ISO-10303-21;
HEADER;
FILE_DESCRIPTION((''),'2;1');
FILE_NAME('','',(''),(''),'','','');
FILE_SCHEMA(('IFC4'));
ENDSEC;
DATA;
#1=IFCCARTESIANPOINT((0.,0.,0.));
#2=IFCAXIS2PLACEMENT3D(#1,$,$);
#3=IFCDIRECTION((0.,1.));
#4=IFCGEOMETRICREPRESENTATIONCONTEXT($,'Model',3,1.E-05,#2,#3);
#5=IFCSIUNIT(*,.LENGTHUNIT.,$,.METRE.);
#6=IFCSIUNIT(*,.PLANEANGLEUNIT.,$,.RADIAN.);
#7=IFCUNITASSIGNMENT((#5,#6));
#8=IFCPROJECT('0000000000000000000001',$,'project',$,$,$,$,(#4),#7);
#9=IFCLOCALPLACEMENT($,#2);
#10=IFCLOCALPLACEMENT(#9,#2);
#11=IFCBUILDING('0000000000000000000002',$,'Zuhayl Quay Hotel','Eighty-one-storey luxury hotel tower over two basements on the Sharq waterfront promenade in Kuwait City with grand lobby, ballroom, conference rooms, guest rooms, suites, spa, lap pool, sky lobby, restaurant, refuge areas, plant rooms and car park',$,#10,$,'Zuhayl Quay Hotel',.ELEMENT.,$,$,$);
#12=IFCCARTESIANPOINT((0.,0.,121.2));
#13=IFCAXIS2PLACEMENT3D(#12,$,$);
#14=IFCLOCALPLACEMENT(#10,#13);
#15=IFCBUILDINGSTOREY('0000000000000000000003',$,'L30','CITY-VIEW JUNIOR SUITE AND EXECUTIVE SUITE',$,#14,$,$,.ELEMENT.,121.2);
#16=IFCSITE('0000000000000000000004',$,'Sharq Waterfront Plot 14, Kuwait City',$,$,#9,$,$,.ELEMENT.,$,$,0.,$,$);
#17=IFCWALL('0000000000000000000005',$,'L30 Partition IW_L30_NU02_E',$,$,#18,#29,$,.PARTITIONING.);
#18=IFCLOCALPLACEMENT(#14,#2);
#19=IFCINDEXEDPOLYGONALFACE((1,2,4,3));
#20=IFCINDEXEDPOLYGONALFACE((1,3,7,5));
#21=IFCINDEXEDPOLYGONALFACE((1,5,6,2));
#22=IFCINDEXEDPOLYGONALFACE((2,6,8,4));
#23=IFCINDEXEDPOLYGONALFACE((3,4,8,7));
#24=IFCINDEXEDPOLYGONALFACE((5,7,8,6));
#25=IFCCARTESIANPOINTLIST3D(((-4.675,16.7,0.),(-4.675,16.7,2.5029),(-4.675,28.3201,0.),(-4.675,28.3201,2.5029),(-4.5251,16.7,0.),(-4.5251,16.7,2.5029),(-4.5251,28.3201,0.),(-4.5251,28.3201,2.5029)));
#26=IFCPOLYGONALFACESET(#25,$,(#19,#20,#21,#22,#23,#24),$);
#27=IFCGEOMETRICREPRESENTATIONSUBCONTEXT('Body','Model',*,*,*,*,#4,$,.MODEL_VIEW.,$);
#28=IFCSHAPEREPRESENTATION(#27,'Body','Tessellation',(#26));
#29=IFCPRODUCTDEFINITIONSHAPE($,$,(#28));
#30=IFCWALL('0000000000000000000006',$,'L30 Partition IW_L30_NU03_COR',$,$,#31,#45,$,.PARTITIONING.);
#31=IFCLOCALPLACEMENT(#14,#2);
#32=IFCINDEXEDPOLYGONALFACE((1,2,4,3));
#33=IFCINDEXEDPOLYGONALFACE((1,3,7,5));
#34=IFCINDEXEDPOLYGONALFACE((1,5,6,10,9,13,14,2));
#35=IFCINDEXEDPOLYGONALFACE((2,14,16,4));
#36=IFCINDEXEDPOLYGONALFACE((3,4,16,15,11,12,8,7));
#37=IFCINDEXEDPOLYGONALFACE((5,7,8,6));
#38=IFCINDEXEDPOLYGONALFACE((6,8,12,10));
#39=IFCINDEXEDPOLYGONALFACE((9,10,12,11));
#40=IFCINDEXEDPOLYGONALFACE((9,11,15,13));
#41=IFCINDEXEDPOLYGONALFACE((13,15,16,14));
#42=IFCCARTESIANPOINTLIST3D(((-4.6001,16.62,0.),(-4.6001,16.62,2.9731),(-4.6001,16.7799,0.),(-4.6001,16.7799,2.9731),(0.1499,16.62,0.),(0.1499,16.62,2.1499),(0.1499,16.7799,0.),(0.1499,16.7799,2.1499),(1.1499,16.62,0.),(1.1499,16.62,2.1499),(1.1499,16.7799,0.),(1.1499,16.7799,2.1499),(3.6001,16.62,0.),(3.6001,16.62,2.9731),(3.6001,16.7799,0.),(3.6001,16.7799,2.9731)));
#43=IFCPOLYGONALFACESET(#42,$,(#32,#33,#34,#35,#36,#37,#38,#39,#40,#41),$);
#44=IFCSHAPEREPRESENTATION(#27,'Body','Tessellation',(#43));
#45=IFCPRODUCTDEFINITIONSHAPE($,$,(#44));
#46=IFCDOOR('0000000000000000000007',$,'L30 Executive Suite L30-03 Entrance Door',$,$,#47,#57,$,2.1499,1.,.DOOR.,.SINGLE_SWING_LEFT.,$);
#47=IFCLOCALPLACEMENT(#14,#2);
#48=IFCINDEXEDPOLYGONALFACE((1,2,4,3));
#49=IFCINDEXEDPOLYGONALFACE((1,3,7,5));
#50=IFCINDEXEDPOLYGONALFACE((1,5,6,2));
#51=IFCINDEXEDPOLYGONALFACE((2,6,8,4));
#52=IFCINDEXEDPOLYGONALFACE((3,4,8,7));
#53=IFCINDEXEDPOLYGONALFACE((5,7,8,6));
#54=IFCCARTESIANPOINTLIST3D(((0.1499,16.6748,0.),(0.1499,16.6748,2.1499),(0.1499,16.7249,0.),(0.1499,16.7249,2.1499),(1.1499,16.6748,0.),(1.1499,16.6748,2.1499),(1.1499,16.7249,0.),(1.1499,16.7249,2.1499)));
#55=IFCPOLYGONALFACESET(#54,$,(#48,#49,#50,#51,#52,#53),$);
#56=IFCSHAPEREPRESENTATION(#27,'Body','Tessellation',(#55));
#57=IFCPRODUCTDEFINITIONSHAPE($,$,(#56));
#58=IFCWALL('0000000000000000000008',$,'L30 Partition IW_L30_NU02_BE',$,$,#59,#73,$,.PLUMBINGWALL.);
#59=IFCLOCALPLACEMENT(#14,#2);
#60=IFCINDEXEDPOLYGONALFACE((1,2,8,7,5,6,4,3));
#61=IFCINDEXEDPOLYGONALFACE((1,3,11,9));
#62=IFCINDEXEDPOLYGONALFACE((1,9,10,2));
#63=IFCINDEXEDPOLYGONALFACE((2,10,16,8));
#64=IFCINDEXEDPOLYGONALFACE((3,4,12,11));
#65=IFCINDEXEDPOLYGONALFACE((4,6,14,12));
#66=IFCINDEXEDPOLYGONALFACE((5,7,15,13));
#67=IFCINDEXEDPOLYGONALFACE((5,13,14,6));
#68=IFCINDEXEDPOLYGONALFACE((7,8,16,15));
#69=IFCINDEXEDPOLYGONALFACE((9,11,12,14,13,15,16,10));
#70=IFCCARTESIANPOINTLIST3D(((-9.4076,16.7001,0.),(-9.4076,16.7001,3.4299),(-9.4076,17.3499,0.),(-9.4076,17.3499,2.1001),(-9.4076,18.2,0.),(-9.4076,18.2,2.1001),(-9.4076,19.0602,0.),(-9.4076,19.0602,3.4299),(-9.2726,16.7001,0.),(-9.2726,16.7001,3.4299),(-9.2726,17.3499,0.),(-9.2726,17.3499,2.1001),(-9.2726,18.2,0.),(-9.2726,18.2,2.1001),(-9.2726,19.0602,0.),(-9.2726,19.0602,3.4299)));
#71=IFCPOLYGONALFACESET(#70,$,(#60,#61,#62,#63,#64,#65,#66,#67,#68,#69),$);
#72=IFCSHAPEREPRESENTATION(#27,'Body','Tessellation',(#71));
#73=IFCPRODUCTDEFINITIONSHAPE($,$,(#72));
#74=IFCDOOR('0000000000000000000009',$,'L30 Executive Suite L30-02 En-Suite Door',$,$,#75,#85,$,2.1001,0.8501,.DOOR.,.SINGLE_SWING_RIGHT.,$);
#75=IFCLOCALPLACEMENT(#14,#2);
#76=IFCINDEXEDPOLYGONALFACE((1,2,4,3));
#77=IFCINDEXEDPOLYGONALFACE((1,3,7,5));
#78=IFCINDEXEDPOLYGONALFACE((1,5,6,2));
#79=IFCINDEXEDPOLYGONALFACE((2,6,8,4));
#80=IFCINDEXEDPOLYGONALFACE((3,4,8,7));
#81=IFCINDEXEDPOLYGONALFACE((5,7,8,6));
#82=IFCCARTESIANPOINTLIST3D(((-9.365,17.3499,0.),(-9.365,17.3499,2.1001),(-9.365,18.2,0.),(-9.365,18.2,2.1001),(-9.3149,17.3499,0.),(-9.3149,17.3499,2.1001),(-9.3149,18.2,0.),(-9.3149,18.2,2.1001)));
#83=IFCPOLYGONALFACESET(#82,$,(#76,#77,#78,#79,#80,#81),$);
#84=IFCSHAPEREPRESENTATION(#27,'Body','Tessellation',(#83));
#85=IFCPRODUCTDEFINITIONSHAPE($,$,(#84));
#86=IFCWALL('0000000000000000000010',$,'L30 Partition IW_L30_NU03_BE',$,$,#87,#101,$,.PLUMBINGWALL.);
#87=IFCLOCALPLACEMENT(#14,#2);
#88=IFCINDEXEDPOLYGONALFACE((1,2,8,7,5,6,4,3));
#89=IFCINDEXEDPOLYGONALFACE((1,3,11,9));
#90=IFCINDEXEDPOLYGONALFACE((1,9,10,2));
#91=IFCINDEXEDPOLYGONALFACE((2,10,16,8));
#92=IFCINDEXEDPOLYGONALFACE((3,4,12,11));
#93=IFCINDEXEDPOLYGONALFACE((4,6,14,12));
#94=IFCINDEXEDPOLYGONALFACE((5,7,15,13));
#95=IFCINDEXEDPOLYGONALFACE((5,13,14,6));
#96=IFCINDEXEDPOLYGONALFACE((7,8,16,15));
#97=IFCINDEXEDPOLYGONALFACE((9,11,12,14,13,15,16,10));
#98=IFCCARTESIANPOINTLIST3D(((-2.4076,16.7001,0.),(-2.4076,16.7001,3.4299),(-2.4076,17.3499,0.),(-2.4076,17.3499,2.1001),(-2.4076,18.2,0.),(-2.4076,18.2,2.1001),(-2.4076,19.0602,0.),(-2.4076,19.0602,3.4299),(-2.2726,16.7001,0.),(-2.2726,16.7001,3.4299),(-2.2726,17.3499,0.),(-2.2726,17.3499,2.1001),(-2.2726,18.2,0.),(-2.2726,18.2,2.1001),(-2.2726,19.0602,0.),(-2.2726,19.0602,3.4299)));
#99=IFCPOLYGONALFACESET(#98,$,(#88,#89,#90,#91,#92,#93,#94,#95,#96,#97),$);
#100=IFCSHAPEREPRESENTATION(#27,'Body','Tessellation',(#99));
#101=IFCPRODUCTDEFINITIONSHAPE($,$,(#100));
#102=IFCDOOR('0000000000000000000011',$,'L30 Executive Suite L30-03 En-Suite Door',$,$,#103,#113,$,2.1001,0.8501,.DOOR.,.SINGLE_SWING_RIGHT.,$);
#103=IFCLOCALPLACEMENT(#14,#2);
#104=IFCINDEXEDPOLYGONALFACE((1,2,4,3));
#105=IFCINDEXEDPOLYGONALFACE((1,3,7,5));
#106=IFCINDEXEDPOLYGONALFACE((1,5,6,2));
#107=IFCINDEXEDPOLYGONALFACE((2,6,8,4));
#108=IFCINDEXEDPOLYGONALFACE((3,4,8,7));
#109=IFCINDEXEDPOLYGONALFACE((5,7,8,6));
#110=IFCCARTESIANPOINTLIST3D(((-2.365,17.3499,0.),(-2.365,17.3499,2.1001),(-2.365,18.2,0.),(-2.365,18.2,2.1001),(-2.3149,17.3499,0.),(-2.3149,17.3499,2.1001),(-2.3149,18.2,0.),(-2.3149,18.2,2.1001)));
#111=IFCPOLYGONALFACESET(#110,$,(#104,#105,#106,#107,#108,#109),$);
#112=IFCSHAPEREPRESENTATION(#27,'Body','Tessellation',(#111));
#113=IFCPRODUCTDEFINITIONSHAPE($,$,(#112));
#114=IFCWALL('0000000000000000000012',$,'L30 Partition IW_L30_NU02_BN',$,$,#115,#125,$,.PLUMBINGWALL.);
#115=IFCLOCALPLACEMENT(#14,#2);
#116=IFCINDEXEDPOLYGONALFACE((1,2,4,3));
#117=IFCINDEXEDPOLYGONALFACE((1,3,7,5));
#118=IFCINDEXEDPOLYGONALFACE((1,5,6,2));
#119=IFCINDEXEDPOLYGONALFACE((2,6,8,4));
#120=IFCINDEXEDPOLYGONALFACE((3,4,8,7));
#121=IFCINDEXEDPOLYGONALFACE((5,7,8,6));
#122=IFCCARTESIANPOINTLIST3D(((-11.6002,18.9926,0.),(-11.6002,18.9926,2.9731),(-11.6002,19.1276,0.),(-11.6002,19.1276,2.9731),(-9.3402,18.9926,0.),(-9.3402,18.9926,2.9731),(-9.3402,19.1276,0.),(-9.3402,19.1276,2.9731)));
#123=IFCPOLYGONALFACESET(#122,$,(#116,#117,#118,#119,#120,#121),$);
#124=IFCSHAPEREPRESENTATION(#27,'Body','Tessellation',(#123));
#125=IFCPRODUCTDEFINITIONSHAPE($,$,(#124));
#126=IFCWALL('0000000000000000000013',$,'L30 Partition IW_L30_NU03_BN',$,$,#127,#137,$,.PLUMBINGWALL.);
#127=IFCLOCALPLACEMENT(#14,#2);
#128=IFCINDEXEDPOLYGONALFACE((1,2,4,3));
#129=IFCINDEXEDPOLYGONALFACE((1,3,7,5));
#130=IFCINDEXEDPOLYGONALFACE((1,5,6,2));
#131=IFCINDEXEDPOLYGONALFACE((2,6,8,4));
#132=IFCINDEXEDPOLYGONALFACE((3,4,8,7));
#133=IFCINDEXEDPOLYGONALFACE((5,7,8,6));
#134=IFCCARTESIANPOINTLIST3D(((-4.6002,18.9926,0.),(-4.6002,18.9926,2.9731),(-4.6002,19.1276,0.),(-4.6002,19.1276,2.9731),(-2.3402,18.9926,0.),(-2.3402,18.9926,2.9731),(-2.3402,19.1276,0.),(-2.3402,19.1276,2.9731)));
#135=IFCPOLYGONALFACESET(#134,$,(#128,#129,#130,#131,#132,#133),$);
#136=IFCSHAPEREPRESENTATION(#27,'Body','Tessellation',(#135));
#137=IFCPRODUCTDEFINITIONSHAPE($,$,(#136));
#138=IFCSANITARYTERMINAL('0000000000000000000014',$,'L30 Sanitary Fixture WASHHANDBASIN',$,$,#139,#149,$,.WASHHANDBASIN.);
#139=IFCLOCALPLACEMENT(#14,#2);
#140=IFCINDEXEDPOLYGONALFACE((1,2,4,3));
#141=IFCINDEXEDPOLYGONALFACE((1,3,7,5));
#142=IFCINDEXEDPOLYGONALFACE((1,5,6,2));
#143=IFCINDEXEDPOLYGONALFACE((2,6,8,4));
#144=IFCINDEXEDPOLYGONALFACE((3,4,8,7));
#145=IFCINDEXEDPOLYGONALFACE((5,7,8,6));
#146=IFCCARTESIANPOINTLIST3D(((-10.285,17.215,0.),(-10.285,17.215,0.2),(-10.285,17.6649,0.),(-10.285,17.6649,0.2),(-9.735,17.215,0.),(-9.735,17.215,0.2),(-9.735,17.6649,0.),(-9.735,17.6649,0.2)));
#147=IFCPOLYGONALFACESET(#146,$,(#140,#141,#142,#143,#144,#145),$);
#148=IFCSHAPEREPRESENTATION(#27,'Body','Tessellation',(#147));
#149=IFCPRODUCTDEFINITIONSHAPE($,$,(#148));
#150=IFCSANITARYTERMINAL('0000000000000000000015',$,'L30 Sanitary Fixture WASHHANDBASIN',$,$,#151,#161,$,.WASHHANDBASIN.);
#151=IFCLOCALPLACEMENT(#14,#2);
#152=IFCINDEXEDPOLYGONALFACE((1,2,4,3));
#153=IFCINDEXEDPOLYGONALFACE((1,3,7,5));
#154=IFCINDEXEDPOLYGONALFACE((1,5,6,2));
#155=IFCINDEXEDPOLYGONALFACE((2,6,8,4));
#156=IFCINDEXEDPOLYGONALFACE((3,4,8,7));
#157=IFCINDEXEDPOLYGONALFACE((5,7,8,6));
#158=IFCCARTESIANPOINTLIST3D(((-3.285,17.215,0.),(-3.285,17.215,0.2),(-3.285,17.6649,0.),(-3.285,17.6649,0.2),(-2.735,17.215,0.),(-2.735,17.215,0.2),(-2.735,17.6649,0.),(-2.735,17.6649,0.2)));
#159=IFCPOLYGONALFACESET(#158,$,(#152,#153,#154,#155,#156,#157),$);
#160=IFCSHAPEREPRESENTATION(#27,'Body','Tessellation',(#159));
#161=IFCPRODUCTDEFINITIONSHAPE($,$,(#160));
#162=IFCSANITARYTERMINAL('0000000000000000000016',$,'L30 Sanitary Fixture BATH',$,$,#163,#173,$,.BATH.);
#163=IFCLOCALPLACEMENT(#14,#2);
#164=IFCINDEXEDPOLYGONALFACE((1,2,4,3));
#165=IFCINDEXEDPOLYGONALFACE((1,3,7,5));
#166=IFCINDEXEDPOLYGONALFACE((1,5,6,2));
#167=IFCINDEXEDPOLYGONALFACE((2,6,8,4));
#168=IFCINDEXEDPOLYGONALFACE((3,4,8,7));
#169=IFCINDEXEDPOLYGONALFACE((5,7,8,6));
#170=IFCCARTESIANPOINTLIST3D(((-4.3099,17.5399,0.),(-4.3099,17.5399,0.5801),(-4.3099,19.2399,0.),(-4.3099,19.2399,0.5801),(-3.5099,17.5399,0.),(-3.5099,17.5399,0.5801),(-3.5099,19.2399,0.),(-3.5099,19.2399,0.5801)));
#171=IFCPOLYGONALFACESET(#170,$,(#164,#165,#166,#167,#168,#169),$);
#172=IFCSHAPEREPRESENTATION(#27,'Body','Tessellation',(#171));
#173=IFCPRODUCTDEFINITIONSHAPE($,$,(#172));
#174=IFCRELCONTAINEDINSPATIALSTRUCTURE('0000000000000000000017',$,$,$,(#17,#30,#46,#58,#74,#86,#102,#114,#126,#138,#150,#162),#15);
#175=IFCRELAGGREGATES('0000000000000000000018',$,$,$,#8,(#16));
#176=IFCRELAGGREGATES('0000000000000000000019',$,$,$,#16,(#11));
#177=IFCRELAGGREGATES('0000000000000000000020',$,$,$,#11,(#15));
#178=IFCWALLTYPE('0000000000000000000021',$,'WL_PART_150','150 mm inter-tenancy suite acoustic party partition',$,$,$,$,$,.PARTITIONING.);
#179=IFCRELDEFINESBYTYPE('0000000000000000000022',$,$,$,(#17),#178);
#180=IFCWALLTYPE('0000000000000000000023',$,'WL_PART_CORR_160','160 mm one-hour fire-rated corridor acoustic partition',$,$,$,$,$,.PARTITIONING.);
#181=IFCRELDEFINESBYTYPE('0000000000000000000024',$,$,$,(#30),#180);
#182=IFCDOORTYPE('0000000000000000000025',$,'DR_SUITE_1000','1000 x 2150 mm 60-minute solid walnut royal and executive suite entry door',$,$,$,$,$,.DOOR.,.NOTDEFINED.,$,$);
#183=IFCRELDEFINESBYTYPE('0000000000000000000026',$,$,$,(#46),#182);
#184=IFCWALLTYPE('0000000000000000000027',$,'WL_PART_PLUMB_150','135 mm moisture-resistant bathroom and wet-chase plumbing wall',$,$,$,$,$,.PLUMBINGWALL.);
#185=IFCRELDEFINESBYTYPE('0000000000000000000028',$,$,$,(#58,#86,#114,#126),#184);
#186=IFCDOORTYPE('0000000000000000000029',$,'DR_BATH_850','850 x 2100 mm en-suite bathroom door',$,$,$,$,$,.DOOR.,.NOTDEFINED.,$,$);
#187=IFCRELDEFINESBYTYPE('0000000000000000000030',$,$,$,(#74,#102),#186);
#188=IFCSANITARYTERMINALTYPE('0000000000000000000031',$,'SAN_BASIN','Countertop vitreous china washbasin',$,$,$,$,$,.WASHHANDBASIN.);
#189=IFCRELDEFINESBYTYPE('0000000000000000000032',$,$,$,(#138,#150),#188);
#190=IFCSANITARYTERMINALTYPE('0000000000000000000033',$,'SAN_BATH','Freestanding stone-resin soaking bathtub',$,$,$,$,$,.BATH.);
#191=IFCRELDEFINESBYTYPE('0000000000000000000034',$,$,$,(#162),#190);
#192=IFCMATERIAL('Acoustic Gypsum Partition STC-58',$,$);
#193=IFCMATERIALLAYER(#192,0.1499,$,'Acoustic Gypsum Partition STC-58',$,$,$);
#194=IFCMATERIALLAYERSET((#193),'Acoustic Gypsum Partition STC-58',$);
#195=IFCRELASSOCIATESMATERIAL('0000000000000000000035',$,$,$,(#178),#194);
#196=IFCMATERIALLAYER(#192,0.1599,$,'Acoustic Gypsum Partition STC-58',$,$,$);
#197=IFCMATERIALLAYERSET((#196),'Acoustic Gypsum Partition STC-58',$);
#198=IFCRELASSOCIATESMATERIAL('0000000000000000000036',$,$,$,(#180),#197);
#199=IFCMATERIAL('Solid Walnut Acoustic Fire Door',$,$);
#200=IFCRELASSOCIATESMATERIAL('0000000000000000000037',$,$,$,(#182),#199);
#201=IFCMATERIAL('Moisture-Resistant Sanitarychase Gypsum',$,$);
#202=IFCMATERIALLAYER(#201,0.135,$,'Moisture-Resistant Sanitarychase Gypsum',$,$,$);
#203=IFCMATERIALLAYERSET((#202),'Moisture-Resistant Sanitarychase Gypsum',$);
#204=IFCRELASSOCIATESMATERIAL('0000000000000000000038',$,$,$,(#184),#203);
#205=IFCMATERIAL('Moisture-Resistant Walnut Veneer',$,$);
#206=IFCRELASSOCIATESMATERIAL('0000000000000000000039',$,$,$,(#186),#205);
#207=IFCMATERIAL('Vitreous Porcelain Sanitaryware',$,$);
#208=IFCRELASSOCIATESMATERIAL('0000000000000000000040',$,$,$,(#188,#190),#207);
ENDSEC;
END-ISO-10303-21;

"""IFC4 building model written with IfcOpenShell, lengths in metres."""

from ifc_helpers import new_model, si_unit, direction, frame, frame_2d, origin, origin_2d, place, context, subcontext, project, spatial, rectangle, extrude, material, layer, layer_set, type_object, element, fill, save


model = new_model("IFC4")

# Units and contexts
model_context = context("Model", 3, precision=1e-05, world=origin(), true_north=direction((0.0, 1.0)))
body_context = subcontext(model_context, "Body", "Model", "MODEL_VIEW")
ifc_project = project(units=[si_unit("LENGTHUNIT", "METRE"), si_unit("PLANEANGLEUNIT", "RADIAN")], contexts=[model_context])

# Site, building, storey
site_placement = place(None, origin())
site = spatial("IfcSite", under=ifc_project, at=site_placement, Name="Sharq Waterfront Plot 14, Kuwait City", CompositionType="ELEMENT", RefElevation=0.0)
building_placement = place(site_placement, origin())
building = spatial("IfcBuilding", under=site, at=building_placement, Name="Zuhayl Quay Hotel", Description="Eighty-one-storey luxury hotel tower over two basements on the Sharq waterfront promenade in Kuwait City with grand lobby, ballroom, conference rooms, guest rooms, suites, spa, lap pool, sky lobby, restaurant, refuge areas, plant rooms and car park", LongName="Zuhayl Quay Hotel", CompositionType="ELEMENT")
storey_placement = place(building_placement, frame((0.0, 0.0, 121.2)))
storey = spatial("IfcBuildingStorey", under=building, at=storey_placement, Name="L30", Description="CITY-VIEW JUNIOR SUITE AND EXECUTIVE SUITE", CompositionType="ELEMENT", Elevation=121.2)

# Wall
ifc_material_1 = material(Name="Acoustic Gypsum Partition STC-58")
ifc_layer_1 = layer(ifc_material_1, 0.1499, Name="Acoustic Gypsum Partition STC-58")
ifc_layer_set_1 = layer_set([ifc_layer_1], Name="Acoustic Gypsum Partition STC-58")
wall_type_1 = type_object("IfcWallType", Name="WL_PART_150", Description="150 mm inter-tenancy suite acoustic party partition", PredefinedType="PARTITIONING", material=ifc_layer_set_1)
wall_1_placement = place(storey_placement, frame((-4.6001, 16.7, 0.0), z_axis=(0.0, 0.0, 1.0), x_axis=(0.0, 1.0, 0.0)))
element("IfcWall", 1, at=wall_1_placement, inside=storey, type_object=wall_type_1, Name="L30 Partition IW_L30_NU02_E", PredefinedType="PARTITIONING", context=body_context, shape_type="SweptSolid", body=[
    extrude(rectangle(XDim=11.6201, YDim=0.1499, at=frame_2d((5.8101, 0.0))), origin(), (0.0, 0.0, 1.0), 2.5029),
])

# Walls, openings, doors
ifc_layer_2 = layer(ifc_material_1, 0.1599, Name="Acoustic Gypsum Partition STC-58")
ifc_layer_set_2 = layer_set([ifc_layer_2], Name="Acoustic Gypsum Partition STC-58")
wall_type_2 = type_object("IfcWallType", Name="WL_PART_CORR_160", Description="160 mm one-hour fire-rated corridor acoustic partition", PredefinedType="PARTITIONING", material=ifc_layer_set_2)
wall_2_placement = place(storey_placement, frame((-4.6001, 16.7, 0.0), z_axis=(0.0, 0.0, 1.0), x_axis=(1.0, 0.0, 0.0)))
wall_2 = element("IfcWall", 2, at=wall_2_placement, inside=storey, type_object=wall_type_2, Name="L30 Partition IW_L30_NU03_COR", PredefinedType="PARTITIONING", context=body_context, shape_type="SweptSolid", body=[
    extrude(rectangle(XDim=8.2002, YDim=0.1599, at=frame_2d((4.1001, 0.0))), origin(), (0.0, 0.0, 1.0), 2.9731),
])
opening_1_placement = place(wall_2_placement, frame((4.75, 0.0, 0.0)))
opening_1 = element("IfcOpeningElement", 3, at=opening_1_placement, cuts=wall_2, PredefinedType="OPENING", context=body_context, shape_type="SweptSolid", body=[
    extrude(rectangle(XDim=1.0, YDim=2.1499, at=frame_2d((0.5, 1.075))), frame((0.0, 0.0898, 0.0), z_axis=(0.0, -1.0, 0.0), x_axis=(1.0, 0.0, 0.0)), (0.0, 0.0, 1.0), 0.1799),
])
ifc_material_2 = material(Name="Solid Walnut Acoustic Fire Door")
door_type_1 = type_object("IfcDoorType", Name="DR_SUITE_1000", Description="1000 x 2150 mm 60-minute solid walnut royal and executive suite entry door", OperationType="NOTDEFINED", PredefinedType="DOOR", material=ifc_material_2)
door_1_placement = place(opening_1_placement, origin())
door_1 = element("IfcDoor", 4, at=door_1_placement, inside=storey, type_object=door_type_1, Name="L30 Executive Suite L30-03 Entrance Door", OperationType="SINGLE_SWING_LEFT", OverallHeight=2.1499, OverallWidth=1.0, PredefinedType="DOOR", context=body_context, shape_type="SweptSolid", body=[
    extrude(rectangle(XDim=1.0, YDim=2.1499, at=frame_2d((0.5, 1.075))), frame((0.0, 0.0249, 0.0), z_axis=(0.0, -1.0, 0.0), x_axis=(1.0, 0.0, 0.0)), (0.0, 0.0, 1.0), 0.05),
])
fill(opening_1, door_1)
ifc_material_3 = material(Name="Moisture-Resistant Sanitarychase Gypsum")
ifc_layer_3 = layer(ifc_material_3, 0.135, Name="Moisture-Resistant Sanitarychase Gypsum")
ifc_layer_set_3 = layer_set([ifc_layer_3], Name="Moisture-Resistant Sanitarychase Gypsum")
wall_type_3 = type_object("IfcWallType", Name="WL_PART_PLUMB_150", Description="135 mm moisture-resistant bathroom and wet-chase plumbing wall", PredefinedType="PLUMBINGWALL", material=ifc_layer_set_3)
wall_3_placement = place(storey_placement, frame((-9.3401, 16.7, 0.0), z_axis=(0.0, 0.0, 1.0), x_axis=(0.0, 1.0, 0.0)))
wall_3 = element("IfcWall", 5, at=wall_3_placement, inside=storey, type_object=wall_type_3, Name="L30 Partition IW_L30_NU02_BE", PredefinedType="PLUMBINGWALL", context=body_context, shape_type="SweptSolid", body=[
    extrude(rectangle(XDim=2.3601, YDim=0.135, at=frame_2d((1.1802, 0.0))), origin(), (0.0, 0.0, 1.0), 3.4299),
])
opening_2_placement = place(wall_3_placement, frame((0.6499, 0.0, 0.0)))
opening_2 = element("IfcOpeningElement", 6, at=opening_2_placement, cuts=wall_3, PredefinedType="OPENING", context=body_context, shape_type="SweptSolid", body=[
    extrude(rectangle(XDim=0.8501, YDim=2.1001, at=frame_2d((0.425, 1.05))), frame((0.0, 0.0774, 0.0), z_axis=(0.0, -1.0, 0.0), x_axis=(1.0, 0.0, 0.0)), (0.0, 0.0, 1.0), 0.155),
])
ifc_material_4 = material(Name="Moisture-Resistant Walnut Veneer")
door_type_2 = type_object("IfcDoorType", Name="DR_BATH_850", Description="850 x 2100 mm en-suite bathroom door", OperationType="NOTDEFINED", PredefinedType="DOOR", material=ifc_material_4)
door_2_placement = place(opening_2_placement, origin())
door_2 = element("IfcDoor", 7, at=door_2_placement, inside=storey, type_object=door_type_2, Name="L30 Executive Suite L30-02 En-Suite Door", OperationType="SINGLE_SWING_RIGHT", OverallHeight=2.1001, OverallWidth=0.8501, PredefinedType="DOOR", context=body_context, shape_type="SweptSolid", body=[
    extrude(rectangle(XDim=0.8501, YDim=2.1001, at=frame_2d((0.425, 1.05))), frame((0.0, 0.0249, 0.0), z_axis=(0.0, -1.0, 0.0), x_axis=(1.0, 0.0, 0.0)), (0.0, 0.0, 1.0), 0.05),
])
fill(opening_2, door_2)
wall_4_placement = place(storey_placement, frame((-2.3401, 16.7, 0.0), z_axis=(0.0, 0.0, 1.0), x_axis=(0.0, 1.0, 0.0)))
wall_4 = element("IfcWall", 8, at=wall_4_placement, inside=storey, type_object=wall_type_3, Name="L30 Partition IW_L30_NU03_BE", PredefinedType="PLUMBINGWALL", context=body_context, shape_type="SweptSolid", body=[
    extrude(rectangle(XDim=2.3601, YDim=0.135, at=frame_2d((1.1802, 0.0))), origin(), (0.0, 0.0, 1.0), 3.4299),
])
opening_3_placement = place(wall_4_placement, frame((0.6499, 0.0, 0.0)))
opening_3 = element("IfcOpeningElement", 9, at=opening_3_placement, cuts=wall_4, PredefinedType="OPENING", context=body_context, shape_type="SweptSolid", body=[
    extrude(rectangle(XDim=0.8501, YDim=2.1001, at=frame_2d((0.425, 1.05))), frame((0.0, 0.0774, 0.0), z_axis=(0.0, -1.0, 0.0), x_axis=(1.0, 0.0, 0.0)), (0.0, 0.0, 1.0), 0.155),
])
door_3_placement = place(opening_3_placement, origin())
door_3 = element("IfcDoor", 10, at=door_3_placement, inside=storey, type_object=door_type_2, Name="L30 Executive Suite L30-03 En-Suite Door", OperationType="SINGLE_SWING_RIGHT", OverallHeight=2.1001, OverallWidth=0.8501, PredefinedType="DOOR", context=body_context, shape_type="SweptSolid", body=[
    extrude(rectangle(XDim=0.8501, YDim=2.1001, at=frame_2d((0.425, 1.05))), frame((0.0, 0.0249, 0.0), z_axis=(0.0, -1.0, 0.0), x_axis=(1.0, 0.0, 0.0)), (0.0, 0.0, 1.0), 0.05),
])
fill(opening_3, door_3)

# Walls
for number, where, z_axis, x_axis, name in (
    (11, (-11.6001, 19.0601, 0.0), (0.0, 0.0, 1.0), (1.0, 0.0, 0.0), "L30 Partition IW_L30_NU02_BN"),
    (12, (-4.6001, 19.0601, 0.0), (0.0, 0.0, 1.0), (1.0, 0.0, 0.0), "L30 Partition IW_L30_NU03_BN"),
):
    element("IfcWall", number, at=place(storey_placement, frame(where, z_axis=z_axis, x_axis=x_axis)), inside=storey, type_object=wall_type_3, Name=name, PredefinedType="PLUMBINGWALL", context=body_context, shape_type="SweptSolid", body=[
        extrude(rectangle(XDim=2.26, YDim=0.135, at=frame_2d((1.1299, 0.0))), origin(), (0.0, 0.0, 1.0), 2.9731),
    ])

# Sanitary terminals
ifc_material_5 = material(Name="Vitreous Porcelain Sanitaryware")
sanitary_terminal_type_1 = type_object("IfcSanitaryTerminalType", Name="SAN_BASIN", Description="Countertop vitreous china washbasin", PredefinedType="WASHHANDBASIN", material=ifc_material_5)
for number, where, z_axis, x_axis, name in (
    (13, (-10.01, 17.4399, 0.0), (0.0, 0.0, 1.0), (1.0, 0.0, 0.0), "L30 Sanitary Fixture WASHHANDBASIN"),
    (14, (-3.01, 17.4399, 0.0), (0.0, 0.0, 1.0), (1.0, 0.0, 0.0), "L30 Sanitary Fixture WASHHANDBASIN"),
):
    element("IfcSanitaryTerminal", number, at=place(storey_placement, frame(where, z_axis=z_axis, x_axis=x_axis)), inside=storey, type_object=sanitary_terminal_type_1, Name=name, PredefinedType="WASHHANDBASIN", context=body_context, shape_type="SweptSolid", body=[
        extrude(rectangle(XDim=0.55, YDim=0.45, at=origin_2d()), origin(), (0.0, 0.0, 1.0), 0.2),
    ])
sanitary_terminal_type_2 = type_object("IfcSanitaryTerminalType", Name="SAN_BATH", Description="Freestanding stone-resin soaking bathtub", PredefinedType="BATH", material=ifc_material_5)
sanitary_terminal_1_placement = place(storey_placement, frame((-3.9099, 18.3899, 0.0), z_axis=(0.0, 0.0, 1.0), x_axis=(1.0, 0.0, 0.0)))
element("IfcSanitaryTerminal", 15, at=sanitary_terminal_1_placement, inside=storey, type_object=sanitary_terminal_type_2, Name="L30 Sanitary Fixture BATH", PredefinedType="BATH", context=body_context, shape_type="SweptSolid", body=[
    extrude(rectangle(XDim=0.8, YDim=1.7, at=origin_2d()), origin(), (0.0, 0.0, 1.0), 0.5801),
])

save(model, "model.ifc")
